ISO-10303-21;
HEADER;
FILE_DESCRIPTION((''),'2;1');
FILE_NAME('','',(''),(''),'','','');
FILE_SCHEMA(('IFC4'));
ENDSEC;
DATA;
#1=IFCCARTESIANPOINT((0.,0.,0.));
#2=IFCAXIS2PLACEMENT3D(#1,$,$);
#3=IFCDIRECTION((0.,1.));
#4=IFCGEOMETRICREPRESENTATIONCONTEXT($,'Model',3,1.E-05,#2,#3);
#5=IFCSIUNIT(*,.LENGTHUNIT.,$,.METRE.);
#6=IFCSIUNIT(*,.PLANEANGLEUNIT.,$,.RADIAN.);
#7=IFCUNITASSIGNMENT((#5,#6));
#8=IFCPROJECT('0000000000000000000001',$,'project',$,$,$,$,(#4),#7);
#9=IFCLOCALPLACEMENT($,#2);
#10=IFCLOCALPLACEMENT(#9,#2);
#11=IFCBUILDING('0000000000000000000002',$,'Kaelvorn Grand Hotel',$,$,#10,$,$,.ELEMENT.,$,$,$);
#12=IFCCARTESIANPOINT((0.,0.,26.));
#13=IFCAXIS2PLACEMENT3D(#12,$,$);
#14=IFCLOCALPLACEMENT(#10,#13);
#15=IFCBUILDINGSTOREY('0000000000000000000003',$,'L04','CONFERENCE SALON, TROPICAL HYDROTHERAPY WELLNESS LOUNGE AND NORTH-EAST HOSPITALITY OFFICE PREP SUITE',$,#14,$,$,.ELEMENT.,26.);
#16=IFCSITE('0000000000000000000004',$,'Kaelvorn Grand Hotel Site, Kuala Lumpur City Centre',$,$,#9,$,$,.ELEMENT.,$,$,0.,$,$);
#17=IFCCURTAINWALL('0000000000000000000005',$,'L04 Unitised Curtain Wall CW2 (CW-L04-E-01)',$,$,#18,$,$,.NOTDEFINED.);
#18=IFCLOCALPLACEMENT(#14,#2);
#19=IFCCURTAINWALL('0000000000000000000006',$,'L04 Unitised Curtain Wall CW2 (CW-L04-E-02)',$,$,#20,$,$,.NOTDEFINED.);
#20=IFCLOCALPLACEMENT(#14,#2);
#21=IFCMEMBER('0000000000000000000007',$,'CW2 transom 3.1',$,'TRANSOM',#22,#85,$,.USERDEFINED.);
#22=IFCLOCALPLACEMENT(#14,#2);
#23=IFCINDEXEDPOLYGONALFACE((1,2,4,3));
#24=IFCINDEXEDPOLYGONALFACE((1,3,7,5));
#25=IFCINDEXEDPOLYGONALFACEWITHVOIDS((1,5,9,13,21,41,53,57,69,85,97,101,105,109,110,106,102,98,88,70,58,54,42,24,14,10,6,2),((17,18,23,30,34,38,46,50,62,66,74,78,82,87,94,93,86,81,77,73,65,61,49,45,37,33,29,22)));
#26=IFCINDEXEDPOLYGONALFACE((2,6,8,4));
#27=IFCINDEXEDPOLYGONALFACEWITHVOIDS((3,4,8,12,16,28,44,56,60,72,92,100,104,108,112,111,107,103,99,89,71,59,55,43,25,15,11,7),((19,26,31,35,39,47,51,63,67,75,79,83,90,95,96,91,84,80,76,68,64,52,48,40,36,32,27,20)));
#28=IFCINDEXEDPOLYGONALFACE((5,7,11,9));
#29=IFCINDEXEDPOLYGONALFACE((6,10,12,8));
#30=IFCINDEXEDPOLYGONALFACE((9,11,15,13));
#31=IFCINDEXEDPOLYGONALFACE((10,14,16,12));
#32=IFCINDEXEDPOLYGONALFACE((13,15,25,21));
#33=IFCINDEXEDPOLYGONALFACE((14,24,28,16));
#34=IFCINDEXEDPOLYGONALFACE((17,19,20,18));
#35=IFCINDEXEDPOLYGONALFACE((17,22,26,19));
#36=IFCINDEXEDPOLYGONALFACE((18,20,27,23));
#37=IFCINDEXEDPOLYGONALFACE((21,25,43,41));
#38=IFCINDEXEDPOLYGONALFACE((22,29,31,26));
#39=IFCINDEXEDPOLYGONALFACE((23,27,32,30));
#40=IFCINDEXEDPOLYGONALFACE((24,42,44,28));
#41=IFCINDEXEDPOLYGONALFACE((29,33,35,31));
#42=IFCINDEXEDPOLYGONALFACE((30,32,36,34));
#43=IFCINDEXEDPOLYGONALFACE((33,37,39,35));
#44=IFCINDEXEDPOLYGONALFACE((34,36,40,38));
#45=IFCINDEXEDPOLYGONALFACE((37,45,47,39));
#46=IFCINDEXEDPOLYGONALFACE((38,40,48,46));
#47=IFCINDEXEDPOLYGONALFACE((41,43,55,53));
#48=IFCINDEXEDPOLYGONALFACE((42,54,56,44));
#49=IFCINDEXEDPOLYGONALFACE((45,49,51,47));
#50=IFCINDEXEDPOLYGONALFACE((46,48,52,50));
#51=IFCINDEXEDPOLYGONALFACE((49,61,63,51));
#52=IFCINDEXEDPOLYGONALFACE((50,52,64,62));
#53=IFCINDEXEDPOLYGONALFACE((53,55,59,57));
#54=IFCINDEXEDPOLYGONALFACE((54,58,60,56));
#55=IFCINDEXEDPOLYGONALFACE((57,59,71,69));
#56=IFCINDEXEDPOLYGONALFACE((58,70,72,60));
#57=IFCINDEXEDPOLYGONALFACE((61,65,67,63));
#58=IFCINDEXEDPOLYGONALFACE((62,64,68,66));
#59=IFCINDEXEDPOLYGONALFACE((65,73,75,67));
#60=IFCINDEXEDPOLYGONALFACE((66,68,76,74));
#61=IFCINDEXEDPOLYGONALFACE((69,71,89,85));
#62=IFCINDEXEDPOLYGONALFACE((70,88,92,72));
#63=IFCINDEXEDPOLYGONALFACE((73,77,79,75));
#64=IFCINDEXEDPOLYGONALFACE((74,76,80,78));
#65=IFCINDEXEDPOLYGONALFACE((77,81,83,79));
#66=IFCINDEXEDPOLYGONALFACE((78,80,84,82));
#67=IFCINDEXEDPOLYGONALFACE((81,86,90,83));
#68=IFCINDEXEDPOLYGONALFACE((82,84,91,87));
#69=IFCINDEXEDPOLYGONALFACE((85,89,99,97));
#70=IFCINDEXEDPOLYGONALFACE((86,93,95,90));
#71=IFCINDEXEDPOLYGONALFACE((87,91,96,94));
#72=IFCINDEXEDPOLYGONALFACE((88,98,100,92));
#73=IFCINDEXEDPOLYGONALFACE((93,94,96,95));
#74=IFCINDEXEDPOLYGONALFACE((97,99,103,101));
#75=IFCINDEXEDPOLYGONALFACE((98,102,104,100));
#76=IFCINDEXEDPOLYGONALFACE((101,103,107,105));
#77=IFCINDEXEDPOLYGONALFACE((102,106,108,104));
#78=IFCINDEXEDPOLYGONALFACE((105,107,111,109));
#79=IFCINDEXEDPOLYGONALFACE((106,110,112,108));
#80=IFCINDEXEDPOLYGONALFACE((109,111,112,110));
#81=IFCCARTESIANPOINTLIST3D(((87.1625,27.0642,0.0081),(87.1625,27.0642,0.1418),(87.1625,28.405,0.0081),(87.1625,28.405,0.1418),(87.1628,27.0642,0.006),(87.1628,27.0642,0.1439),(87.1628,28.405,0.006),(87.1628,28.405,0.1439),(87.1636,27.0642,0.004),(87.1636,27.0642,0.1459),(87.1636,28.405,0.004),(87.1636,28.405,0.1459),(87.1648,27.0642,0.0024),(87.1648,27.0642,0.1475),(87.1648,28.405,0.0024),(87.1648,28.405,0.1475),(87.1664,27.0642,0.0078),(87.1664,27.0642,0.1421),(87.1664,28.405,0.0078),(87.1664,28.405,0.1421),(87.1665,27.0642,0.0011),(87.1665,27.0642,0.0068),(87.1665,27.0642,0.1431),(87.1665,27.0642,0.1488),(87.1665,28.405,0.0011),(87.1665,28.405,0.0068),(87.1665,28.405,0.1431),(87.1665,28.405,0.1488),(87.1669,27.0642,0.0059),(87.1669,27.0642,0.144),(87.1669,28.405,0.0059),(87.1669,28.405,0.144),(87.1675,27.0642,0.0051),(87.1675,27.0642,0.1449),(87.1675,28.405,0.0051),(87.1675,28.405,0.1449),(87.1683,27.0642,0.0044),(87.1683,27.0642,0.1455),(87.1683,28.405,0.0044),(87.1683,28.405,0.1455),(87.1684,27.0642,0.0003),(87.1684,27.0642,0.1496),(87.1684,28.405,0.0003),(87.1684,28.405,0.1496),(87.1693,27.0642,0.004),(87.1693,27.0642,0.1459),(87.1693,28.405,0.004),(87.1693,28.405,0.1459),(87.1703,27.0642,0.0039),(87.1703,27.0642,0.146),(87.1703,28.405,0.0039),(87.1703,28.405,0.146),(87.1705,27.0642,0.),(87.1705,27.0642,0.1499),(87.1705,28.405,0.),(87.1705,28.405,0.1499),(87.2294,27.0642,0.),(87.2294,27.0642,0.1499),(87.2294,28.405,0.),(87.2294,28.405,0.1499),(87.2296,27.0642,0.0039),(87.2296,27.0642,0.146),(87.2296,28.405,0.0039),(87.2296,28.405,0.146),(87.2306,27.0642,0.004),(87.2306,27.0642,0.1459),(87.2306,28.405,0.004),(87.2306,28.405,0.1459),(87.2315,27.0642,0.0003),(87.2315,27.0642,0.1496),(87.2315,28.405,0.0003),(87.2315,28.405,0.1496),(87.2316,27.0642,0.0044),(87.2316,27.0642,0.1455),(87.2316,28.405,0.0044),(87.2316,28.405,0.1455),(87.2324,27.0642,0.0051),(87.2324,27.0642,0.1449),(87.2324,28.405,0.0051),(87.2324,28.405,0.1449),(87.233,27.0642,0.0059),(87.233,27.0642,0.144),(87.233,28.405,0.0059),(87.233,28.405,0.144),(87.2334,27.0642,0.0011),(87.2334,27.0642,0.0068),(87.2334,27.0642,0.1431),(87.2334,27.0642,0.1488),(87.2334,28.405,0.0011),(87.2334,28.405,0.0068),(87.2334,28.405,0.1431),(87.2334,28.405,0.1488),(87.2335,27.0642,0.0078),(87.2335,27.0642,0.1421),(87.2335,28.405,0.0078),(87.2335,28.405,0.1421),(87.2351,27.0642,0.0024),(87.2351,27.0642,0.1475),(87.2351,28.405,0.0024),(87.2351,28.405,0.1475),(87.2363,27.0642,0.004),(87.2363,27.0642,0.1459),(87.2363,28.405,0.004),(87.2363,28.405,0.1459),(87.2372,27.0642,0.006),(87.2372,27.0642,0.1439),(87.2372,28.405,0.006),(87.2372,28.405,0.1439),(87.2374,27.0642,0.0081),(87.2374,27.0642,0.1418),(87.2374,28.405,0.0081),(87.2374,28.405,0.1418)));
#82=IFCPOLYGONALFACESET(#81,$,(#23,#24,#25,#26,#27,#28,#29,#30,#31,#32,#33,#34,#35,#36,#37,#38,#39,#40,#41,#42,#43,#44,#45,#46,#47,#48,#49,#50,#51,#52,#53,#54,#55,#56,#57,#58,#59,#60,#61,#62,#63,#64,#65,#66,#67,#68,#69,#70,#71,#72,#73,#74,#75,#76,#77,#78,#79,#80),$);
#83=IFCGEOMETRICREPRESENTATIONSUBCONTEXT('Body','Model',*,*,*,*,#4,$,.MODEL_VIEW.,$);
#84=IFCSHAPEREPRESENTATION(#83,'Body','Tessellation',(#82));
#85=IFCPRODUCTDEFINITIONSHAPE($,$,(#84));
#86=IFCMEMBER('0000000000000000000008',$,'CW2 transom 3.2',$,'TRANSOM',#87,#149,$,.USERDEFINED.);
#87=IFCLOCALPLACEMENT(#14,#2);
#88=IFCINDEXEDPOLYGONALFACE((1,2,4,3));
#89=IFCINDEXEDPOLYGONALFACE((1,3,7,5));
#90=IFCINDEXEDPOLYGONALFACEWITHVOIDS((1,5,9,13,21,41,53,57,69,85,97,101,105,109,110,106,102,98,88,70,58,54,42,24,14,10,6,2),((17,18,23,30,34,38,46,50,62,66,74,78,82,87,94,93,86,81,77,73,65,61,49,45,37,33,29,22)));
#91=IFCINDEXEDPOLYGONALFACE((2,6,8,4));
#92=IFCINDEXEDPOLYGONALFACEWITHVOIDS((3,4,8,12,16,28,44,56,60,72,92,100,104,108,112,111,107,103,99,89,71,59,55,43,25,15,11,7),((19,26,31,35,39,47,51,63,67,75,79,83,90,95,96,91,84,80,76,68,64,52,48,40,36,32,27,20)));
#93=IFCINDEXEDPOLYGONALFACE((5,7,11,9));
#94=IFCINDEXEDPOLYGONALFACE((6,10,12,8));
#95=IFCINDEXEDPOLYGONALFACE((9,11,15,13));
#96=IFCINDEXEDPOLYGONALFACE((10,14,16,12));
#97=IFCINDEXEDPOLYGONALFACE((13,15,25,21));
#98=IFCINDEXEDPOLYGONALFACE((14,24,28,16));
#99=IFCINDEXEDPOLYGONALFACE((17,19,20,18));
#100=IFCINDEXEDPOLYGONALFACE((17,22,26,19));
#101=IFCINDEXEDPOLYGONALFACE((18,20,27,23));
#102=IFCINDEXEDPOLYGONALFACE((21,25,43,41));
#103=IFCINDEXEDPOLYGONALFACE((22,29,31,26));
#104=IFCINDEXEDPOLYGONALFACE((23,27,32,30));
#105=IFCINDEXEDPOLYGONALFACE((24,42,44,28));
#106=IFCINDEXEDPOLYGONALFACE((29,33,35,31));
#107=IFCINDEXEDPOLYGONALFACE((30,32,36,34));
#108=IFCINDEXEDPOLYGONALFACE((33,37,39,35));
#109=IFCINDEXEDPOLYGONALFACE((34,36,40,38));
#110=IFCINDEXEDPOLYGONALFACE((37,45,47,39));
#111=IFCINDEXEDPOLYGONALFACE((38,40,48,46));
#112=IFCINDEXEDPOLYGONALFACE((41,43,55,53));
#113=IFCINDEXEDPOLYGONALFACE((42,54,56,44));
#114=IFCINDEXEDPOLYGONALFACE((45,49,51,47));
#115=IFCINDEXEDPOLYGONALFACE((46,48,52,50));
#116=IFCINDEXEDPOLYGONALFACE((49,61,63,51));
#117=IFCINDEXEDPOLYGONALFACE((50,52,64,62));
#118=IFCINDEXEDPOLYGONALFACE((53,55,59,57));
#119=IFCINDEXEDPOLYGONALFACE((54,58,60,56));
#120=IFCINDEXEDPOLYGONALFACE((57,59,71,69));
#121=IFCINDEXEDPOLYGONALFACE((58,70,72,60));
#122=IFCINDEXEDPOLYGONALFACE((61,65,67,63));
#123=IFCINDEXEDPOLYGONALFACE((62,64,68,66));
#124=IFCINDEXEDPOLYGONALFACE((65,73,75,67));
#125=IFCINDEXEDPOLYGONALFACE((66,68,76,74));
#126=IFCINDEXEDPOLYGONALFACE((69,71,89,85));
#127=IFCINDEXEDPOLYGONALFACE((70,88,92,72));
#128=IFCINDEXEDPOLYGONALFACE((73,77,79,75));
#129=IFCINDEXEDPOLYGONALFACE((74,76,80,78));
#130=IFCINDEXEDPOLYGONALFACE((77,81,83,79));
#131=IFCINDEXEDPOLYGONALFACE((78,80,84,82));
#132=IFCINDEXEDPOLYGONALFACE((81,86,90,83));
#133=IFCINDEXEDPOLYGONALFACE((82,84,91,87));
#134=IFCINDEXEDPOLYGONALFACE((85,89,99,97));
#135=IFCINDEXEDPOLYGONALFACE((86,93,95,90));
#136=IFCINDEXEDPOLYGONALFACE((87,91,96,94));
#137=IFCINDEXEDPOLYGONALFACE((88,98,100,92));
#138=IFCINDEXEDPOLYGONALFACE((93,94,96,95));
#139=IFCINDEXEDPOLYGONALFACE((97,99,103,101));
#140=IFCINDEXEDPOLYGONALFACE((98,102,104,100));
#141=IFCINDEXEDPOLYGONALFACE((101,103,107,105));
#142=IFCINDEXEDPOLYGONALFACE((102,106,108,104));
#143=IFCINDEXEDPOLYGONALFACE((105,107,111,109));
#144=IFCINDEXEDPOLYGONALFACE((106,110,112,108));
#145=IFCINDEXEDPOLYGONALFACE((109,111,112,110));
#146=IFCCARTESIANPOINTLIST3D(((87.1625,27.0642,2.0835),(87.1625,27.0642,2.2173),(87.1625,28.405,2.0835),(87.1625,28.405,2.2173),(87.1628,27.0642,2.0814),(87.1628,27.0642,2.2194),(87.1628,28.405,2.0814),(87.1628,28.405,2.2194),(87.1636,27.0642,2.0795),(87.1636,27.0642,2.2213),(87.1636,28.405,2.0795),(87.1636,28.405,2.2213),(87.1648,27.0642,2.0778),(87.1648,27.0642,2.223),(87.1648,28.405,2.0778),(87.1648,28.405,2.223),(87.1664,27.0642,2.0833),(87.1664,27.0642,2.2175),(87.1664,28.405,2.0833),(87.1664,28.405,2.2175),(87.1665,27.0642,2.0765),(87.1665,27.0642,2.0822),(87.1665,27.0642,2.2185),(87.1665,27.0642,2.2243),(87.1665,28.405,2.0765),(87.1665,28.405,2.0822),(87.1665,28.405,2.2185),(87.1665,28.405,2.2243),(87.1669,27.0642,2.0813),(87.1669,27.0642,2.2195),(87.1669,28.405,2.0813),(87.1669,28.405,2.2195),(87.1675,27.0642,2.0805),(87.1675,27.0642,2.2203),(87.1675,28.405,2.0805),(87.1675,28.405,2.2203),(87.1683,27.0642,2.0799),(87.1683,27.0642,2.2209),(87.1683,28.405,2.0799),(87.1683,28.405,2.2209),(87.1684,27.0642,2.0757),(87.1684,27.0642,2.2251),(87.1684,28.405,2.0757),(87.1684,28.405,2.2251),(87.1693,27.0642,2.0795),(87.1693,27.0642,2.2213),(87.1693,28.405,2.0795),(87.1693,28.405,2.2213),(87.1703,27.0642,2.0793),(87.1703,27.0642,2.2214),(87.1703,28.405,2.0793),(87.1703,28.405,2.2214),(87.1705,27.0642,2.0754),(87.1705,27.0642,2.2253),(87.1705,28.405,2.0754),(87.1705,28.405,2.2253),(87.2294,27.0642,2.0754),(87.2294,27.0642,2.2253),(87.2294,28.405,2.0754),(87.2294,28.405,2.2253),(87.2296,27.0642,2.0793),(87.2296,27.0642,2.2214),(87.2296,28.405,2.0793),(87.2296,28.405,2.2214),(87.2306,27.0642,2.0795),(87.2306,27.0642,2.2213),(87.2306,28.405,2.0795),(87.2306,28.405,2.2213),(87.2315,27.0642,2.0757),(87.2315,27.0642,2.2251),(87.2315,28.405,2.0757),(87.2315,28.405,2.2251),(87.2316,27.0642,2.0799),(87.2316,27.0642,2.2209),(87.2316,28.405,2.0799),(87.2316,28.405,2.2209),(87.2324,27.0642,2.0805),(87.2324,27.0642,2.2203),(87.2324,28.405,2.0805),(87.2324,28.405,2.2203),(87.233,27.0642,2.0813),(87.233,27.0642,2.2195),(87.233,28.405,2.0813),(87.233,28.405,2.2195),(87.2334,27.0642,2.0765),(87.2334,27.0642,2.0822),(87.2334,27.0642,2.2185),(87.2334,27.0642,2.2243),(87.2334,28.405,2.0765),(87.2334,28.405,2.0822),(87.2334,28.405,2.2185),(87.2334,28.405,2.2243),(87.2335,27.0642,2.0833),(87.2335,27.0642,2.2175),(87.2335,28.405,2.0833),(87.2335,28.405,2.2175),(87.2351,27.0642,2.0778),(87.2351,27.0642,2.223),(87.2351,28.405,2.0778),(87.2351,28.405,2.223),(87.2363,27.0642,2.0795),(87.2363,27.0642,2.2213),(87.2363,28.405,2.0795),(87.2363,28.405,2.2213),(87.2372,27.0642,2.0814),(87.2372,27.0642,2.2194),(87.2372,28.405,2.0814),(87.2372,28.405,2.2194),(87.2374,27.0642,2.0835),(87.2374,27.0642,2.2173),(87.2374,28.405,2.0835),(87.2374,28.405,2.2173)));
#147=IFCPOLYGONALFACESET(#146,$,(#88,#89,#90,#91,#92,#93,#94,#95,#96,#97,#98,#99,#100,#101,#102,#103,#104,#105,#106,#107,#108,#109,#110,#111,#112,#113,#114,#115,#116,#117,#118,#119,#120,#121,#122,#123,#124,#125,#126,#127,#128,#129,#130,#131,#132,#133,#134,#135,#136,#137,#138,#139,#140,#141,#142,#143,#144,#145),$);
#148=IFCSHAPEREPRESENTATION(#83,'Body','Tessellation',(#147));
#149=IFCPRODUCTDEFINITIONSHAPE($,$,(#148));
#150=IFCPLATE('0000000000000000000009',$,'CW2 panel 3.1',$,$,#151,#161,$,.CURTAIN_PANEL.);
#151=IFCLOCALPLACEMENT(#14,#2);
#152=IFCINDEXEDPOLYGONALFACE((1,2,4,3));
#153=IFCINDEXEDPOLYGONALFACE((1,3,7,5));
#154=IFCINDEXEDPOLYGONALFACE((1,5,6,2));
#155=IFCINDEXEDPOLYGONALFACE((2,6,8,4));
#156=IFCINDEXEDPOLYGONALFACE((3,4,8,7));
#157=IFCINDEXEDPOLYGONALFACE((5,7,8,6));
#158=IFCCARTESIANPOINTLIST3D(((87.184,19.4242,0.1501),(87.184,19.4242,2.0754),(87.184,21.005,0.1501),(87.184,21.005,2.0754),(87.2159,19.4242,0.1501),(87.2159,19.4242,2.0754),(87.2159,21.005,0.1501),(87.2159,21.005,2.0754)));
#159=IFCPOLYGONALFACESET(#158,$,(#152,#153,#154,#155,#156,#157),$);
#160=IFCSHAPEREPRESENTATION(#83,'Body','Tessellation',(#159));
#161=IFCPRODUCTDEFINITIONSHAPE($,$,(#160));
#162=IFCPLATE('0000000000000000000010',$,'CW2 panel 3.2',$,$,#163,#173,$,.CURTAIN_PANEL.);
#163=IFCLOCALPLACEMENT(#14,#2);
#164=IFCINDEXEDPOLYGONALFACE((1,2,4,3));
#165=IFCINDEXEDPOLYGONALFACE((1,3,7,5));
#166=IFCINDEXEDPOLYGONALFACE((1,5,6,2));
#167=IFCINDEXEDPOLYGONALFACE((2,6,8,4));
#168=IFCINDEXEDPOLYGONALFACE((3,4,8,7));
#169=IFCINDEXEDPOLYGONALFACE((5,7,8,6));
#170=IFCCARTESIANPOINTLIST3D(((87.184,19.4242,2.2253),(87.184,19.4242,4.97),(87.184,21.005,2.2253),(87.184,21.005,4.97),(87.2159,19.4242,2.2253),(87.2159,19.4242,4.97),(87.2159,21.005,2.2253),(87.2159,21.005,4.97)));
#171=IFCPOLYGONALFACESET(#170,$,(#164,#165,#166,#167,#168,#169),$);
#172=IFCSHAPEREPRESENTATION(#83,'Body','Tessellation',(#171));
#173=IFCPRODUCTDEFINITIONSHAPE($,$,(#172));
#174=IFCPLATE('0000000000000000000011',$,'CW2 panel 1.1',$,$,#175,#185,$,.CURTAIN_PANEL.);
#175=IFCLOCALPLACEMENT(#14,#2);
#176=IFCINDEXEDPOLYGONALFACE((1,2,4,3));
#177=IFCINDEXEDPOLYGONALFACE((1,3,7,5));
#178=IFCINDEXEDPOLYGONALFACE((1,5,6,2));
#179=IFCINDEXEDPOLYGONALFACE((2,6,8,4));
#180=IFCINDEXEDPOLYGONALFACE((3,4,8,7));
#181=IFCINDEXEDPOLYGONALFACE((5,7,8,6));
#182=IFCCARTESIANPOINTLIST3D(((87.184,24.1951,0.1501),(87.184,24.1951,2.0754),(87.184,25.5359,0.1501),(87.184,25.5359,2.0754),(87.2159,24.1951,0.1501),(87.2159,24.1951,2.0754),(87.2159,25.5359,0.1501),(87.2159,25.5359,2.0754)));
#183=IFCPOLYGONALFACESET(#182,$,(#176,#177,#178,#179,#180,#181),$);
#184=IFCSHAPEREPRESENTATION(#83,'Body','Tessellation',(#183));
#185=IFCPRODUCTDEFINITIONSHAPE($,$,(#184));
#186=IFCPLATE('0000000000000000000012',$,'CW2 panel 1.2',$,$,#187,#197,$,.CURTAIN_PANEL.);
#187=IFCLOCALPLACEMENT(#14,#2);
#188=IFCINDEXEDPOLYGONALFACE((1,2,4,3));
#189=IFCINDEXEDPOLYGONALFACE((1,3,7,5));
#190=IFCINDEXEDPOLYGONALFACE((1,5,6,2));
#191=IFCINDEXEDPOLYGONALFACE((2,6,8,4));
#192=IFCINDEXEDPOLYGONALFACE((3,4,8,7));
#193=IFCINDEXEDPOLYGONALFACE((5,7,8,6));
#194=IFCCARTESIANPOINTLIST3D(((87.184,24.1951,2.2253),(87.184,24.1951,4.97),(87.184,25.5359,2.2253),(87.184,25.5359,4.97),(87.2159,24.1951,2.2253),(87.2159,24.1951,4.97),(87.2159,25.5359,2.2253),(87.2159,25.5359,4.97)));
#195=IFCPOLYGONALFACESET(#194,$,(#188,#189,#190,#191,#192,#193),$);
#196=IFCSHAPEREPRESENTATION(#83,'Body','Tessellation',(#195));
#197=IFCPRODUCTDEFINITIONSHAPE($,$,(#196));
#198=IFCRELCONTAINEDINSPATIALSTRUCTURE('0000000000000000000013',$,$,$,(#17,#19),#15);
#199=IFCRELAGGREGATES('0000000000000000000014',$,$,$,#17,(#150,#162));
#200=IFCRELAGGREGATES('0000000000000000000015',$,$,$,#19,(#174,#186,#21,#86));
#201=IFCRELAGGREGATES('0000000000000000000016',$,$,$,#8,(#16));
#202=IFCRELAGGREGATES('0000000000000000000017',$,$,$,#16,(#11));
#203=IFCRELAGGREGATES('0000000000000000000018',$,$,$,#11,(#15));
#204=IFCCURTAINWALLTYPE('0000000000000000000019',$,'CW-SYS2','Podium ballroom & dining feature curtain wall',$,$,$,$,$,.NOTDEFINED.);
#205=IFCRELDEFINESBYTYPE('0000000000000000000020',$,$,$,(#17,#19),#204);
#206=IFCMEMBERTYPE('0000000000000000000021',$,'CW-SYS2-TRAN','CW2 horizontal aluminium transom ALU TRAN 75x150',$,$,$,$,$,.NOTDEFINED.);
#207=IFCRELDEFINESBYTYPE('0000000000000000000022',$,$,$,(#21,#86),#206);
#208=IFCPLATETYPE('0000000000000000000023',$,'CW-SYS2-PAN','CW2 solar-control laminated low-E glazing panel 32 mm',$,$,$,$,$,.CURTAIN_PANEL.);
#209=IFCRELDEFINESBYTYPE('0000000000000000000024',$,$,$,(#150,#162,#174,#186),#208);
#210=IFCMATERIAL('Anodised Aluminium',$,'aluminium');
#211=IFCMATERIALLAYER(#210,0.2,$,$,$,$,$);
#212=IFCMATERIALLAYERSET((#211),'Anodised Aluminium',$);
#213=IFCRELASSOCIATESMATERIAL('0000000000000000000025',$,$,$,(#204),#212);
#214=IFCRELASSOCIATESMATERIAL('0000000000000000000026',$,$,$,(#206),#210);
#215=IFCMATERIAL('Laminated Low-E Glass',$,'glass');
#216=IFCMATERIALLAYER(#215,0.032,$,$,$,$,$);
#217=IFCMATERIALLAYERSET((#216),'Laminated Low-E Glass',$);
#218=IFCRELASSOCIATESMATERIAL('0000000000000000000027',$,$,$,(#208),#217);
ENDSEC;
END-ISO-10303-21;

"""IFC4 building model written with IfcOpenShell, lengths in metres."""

from ifc_helpers import new_model, si_unit, direction, frame, origin, origin_2d, place, context, subcontext, project, spatial, rectangle, hollow_rectangle, extrude, material, layer, layer_set, material_profile, profile_set, type_object, element, aggregate, save


model = new_model("IFC4")

# Units and contexts
model_context = context("Model", 3, precision=1e-05, world=origin(), true_north=direction((0.0, 1.0)))
body_context = subcontext(model_context, "Body", "Model", "MODEL_VIEW")
ifc_project = project(units=[si_unit("LENGTHUNIT", "METRE"), si_unit("PLANEANGLEUNIT", "RADIAN")], contexts=[model_context])

# Site, building, storey
site_placement = place(None, origin())
site = spatial("IfcSite", under=ifc_project, at=site_placement, Name="Kaelvorn Grand Hotel Site, Kuala Lumpur City Centre", CompositionType="ELEMENT", RefElevation=0.0)
building_placement = place(site_placement, origin())
building = spatial("IfcBuilding", under=site, at=building_placement, Name="Kaelvorn Grand Hotel", CompositionType="ELEMENT")
storey_placement = place(building_placement, frame((0.0, 0.0, 26.0)))
storey = spatial("IfcBuildingStorey", under=building, at=storey_placement, Name="L04", Description="CONFERENCE SALON, TROPICAL HYDROTHERAPY WELLNESS LOUNGE AND NORTH-EAST HOSPITALITY OFFICE PREP SUITE", CompositionType="ELEMENT", Elevation=26.0)

# Curtain wall
ifc_material_1 = material(Name="Anodised Aluminium", Category="aluminium")
ifc_layer_1 = layer(ifc_material_1, 0.2)
ifc_layer_set_1 = layer_set([ifc_layer_1], Name="Anodised Aluminium")
curtain_wall_type = type_object("IfcCurtainWallType", Name="CW-SYS2", Description="Podium ballroom & dining feature curtain wall", PredefinedType="NOTDEFINED", material=ifc_layer_set_1)
curtain_wall_1_placement = place(storey_placement, origin())
curtain_wall_1 = element("IfcCurtainWall", 1, at=curtain_wall_1_placement, inside=storey, type_object=curtain_wall_type, Name="L04 Unitised Curtain Wall CW2 (CW-L04-E-01)", PredefinedType="NOTDEFINED")

# Curtain wall, members
curtain_wall_2_placement = place(storey_placement, origin())
curtain_wall_2 = element("IfcCurtainWall", 2, at=curtain_wall_2_placement, inside=storey, type_object=curtain_wall_type, Name="L04 Unitised Curtain Wall CW2 (CW-L04-E-02)", PredefinedType="NOTDEFINED")
ifc_material_profile_1 = material_profile(ifc_material_1, hollow_rectangle(XDim=0.075, YDim=0.1499, WallThickness=0.0039, InnerFilletRadius=0.0039, OuterFilletRadius=0.0081, at=origin_2d()), Name="ALU TRAN 75x150")
ifc_profile_set_1 = profile_set([ifc_material_profile_1], Name="Anodised Aluminium")
member_type_1 = type_object("IfcMemberType", Name="CW-SYS2-TRAN", Description="CW2 horizontal aluminium transom ALU TRAN 75x150", PredefinedType="NOTDEFINED", material=ifc_profile_set_1)
member_1_placement = place(storey_placement, frame((87.2, 27.0642, 0.075), z_axis=(0.0, 1.0, 0.0), x_axis=(-1.0, 0.0, 0.0)))
member_1 = element("IfcMember", 3, at=member_1_placement, type_object=member_type_1, Name="CW2 transom 3.1", ObjectType="TRANSOM", PredefinedType="USERDEFINED", context=body_context, shape_type="SweptSolid", body=[
    extrude(hollow_rectangle(XDim=0.075, YDim=0.1499, WallThickness=0.0039, InnerFilletRadius=0.0039, OuterFilletRadius=0.0081, at=origin_2d()), origin(), (0.0, 0.0, 1.0), 1.3408),
])
member_2_placement = place(storey_placement, frame((87.2, 27.0642, 2.1504), z_axis=(0.0, 1.0, 0.0), x_axis=(-1.0, 0.0, 0.0)))
member_2 = element("IfcMember", 4, at=member_2_placement, type_object=member_type_1, Name="CW2 transom 3.2", ObjectType="TRANSOM", PredefinedType="USERDEFINED", context=body_context, shape_type="SweptSolid", body=[
    extrude(hollow_rectangle(XDim=0.075, YDim=0.1499, WallThickness=0.0039, InnerFilletRadius=0.0039, OuterFilletRadius=0.0081, at=origin_2d()), origin(), (0.0, 0.0, 1.0), 1.3408),
])

# Plates
ifc_material_2 = material(Name="Laminated Low-E Glass", Category="glass")
ifc_layer_2 = layer(ifc_material_2, 0.032)
ifc_layer_set_2 = layer_set([ifc_layer_2], Name="Laminated Low-E Glass")
plate_type = type_object("IfcPlateType", Name="CW-SYS2-PAN", Description="CW2 solar-control laminated low-E glazing panel 32 mm", PredefinedType="CURTAIN_PANEL", material=ifc_layer_set_2)
plate_1_placement = place(storey_placement, frame((87.2, 20.2146, 0.1501), z_axis=(0.0, 0.0, 1.0), x_axis=(0.0, 1.0, 0.0)))
plate_1 = element("IfcPlate", 5, at=plate_1_placement, type_object=plate_type, Name="CW2 panel 3.1", PredefinedType="CURTAIN_PANEL", context=body_context, shape_type="SweptSolid", body=[
    extrude(rectangle(XDim=1.5808, YDim=0.032, at=origin_2d()), origin(), (0.0, 0.0, 1.0), 1.9253),
])
plate_2_placement = place(storey_placement, frame((87.2, 20.2146, 2.2253), z_axis=(0.0, 0.0, 1.0), x_axis=(0.0, 1.0, 0.0)))
plate_2 = element("IfcPlate", 6, at=plate_2_placement, type_object=plate_type, Name="CW2 panel 3.2", PredefinedType="CURTAIN_PANEL", context=body_context, shape_type="SweptSolid", body=[
    extrude(rectangle(XDim=1.5808, YDim=0.032, at=origin_2d()), origin(), (0.0, 0.0, 1.0), 2.7446),
])
aggregate(curtain_wall_1, [plate_1, plate_2])
plate_3_placement = place(storey_placement, frame((87.2, 24.8655, 0.1501), z_axis=(0.0, 0.0, 1.0), x_axis=(0.0, 1.0, 0.0)))
plate_3 = element("IfcPlate", 7, at=plate_3_placement, type_object=plate_type, Name="CW2 panel 1.1", PredefinedType="CURTAIN_PANEL", context=body_context, shape_type="SweptSolid", body=[
    extrude(rectangle(XDim=1.3408, YDim=0.032, at=origin_2d()), origin(), (0.0, 0.0, 1.0), 1.9253),
])
plate_4_placement = place(storey_placement, frame((87.2, 24.8655, 2.2253), z_axis=(0.0, 0.0, 1.0), x_axis=(0.0, 1.0, 0.0)))
plate_4 = element("IfcPlate", 8, at=plate_4_placement, type_object=plate_type, Name="CW2 panel 1.2", PredefinedType="CURTAIN_PANEL", context=body_context, shape_type="SweptSolid", body=[
    extrude(rectangle(XDim=1.3408, YDim=0.032, at=origin_2d()), origin(), (0.0, 0.0, 1.0), 2.7446),
])
aggregate(curtain_wall_2, [plate_3, plate_4, member_1, member_2])

save(model, "model.ifc")
